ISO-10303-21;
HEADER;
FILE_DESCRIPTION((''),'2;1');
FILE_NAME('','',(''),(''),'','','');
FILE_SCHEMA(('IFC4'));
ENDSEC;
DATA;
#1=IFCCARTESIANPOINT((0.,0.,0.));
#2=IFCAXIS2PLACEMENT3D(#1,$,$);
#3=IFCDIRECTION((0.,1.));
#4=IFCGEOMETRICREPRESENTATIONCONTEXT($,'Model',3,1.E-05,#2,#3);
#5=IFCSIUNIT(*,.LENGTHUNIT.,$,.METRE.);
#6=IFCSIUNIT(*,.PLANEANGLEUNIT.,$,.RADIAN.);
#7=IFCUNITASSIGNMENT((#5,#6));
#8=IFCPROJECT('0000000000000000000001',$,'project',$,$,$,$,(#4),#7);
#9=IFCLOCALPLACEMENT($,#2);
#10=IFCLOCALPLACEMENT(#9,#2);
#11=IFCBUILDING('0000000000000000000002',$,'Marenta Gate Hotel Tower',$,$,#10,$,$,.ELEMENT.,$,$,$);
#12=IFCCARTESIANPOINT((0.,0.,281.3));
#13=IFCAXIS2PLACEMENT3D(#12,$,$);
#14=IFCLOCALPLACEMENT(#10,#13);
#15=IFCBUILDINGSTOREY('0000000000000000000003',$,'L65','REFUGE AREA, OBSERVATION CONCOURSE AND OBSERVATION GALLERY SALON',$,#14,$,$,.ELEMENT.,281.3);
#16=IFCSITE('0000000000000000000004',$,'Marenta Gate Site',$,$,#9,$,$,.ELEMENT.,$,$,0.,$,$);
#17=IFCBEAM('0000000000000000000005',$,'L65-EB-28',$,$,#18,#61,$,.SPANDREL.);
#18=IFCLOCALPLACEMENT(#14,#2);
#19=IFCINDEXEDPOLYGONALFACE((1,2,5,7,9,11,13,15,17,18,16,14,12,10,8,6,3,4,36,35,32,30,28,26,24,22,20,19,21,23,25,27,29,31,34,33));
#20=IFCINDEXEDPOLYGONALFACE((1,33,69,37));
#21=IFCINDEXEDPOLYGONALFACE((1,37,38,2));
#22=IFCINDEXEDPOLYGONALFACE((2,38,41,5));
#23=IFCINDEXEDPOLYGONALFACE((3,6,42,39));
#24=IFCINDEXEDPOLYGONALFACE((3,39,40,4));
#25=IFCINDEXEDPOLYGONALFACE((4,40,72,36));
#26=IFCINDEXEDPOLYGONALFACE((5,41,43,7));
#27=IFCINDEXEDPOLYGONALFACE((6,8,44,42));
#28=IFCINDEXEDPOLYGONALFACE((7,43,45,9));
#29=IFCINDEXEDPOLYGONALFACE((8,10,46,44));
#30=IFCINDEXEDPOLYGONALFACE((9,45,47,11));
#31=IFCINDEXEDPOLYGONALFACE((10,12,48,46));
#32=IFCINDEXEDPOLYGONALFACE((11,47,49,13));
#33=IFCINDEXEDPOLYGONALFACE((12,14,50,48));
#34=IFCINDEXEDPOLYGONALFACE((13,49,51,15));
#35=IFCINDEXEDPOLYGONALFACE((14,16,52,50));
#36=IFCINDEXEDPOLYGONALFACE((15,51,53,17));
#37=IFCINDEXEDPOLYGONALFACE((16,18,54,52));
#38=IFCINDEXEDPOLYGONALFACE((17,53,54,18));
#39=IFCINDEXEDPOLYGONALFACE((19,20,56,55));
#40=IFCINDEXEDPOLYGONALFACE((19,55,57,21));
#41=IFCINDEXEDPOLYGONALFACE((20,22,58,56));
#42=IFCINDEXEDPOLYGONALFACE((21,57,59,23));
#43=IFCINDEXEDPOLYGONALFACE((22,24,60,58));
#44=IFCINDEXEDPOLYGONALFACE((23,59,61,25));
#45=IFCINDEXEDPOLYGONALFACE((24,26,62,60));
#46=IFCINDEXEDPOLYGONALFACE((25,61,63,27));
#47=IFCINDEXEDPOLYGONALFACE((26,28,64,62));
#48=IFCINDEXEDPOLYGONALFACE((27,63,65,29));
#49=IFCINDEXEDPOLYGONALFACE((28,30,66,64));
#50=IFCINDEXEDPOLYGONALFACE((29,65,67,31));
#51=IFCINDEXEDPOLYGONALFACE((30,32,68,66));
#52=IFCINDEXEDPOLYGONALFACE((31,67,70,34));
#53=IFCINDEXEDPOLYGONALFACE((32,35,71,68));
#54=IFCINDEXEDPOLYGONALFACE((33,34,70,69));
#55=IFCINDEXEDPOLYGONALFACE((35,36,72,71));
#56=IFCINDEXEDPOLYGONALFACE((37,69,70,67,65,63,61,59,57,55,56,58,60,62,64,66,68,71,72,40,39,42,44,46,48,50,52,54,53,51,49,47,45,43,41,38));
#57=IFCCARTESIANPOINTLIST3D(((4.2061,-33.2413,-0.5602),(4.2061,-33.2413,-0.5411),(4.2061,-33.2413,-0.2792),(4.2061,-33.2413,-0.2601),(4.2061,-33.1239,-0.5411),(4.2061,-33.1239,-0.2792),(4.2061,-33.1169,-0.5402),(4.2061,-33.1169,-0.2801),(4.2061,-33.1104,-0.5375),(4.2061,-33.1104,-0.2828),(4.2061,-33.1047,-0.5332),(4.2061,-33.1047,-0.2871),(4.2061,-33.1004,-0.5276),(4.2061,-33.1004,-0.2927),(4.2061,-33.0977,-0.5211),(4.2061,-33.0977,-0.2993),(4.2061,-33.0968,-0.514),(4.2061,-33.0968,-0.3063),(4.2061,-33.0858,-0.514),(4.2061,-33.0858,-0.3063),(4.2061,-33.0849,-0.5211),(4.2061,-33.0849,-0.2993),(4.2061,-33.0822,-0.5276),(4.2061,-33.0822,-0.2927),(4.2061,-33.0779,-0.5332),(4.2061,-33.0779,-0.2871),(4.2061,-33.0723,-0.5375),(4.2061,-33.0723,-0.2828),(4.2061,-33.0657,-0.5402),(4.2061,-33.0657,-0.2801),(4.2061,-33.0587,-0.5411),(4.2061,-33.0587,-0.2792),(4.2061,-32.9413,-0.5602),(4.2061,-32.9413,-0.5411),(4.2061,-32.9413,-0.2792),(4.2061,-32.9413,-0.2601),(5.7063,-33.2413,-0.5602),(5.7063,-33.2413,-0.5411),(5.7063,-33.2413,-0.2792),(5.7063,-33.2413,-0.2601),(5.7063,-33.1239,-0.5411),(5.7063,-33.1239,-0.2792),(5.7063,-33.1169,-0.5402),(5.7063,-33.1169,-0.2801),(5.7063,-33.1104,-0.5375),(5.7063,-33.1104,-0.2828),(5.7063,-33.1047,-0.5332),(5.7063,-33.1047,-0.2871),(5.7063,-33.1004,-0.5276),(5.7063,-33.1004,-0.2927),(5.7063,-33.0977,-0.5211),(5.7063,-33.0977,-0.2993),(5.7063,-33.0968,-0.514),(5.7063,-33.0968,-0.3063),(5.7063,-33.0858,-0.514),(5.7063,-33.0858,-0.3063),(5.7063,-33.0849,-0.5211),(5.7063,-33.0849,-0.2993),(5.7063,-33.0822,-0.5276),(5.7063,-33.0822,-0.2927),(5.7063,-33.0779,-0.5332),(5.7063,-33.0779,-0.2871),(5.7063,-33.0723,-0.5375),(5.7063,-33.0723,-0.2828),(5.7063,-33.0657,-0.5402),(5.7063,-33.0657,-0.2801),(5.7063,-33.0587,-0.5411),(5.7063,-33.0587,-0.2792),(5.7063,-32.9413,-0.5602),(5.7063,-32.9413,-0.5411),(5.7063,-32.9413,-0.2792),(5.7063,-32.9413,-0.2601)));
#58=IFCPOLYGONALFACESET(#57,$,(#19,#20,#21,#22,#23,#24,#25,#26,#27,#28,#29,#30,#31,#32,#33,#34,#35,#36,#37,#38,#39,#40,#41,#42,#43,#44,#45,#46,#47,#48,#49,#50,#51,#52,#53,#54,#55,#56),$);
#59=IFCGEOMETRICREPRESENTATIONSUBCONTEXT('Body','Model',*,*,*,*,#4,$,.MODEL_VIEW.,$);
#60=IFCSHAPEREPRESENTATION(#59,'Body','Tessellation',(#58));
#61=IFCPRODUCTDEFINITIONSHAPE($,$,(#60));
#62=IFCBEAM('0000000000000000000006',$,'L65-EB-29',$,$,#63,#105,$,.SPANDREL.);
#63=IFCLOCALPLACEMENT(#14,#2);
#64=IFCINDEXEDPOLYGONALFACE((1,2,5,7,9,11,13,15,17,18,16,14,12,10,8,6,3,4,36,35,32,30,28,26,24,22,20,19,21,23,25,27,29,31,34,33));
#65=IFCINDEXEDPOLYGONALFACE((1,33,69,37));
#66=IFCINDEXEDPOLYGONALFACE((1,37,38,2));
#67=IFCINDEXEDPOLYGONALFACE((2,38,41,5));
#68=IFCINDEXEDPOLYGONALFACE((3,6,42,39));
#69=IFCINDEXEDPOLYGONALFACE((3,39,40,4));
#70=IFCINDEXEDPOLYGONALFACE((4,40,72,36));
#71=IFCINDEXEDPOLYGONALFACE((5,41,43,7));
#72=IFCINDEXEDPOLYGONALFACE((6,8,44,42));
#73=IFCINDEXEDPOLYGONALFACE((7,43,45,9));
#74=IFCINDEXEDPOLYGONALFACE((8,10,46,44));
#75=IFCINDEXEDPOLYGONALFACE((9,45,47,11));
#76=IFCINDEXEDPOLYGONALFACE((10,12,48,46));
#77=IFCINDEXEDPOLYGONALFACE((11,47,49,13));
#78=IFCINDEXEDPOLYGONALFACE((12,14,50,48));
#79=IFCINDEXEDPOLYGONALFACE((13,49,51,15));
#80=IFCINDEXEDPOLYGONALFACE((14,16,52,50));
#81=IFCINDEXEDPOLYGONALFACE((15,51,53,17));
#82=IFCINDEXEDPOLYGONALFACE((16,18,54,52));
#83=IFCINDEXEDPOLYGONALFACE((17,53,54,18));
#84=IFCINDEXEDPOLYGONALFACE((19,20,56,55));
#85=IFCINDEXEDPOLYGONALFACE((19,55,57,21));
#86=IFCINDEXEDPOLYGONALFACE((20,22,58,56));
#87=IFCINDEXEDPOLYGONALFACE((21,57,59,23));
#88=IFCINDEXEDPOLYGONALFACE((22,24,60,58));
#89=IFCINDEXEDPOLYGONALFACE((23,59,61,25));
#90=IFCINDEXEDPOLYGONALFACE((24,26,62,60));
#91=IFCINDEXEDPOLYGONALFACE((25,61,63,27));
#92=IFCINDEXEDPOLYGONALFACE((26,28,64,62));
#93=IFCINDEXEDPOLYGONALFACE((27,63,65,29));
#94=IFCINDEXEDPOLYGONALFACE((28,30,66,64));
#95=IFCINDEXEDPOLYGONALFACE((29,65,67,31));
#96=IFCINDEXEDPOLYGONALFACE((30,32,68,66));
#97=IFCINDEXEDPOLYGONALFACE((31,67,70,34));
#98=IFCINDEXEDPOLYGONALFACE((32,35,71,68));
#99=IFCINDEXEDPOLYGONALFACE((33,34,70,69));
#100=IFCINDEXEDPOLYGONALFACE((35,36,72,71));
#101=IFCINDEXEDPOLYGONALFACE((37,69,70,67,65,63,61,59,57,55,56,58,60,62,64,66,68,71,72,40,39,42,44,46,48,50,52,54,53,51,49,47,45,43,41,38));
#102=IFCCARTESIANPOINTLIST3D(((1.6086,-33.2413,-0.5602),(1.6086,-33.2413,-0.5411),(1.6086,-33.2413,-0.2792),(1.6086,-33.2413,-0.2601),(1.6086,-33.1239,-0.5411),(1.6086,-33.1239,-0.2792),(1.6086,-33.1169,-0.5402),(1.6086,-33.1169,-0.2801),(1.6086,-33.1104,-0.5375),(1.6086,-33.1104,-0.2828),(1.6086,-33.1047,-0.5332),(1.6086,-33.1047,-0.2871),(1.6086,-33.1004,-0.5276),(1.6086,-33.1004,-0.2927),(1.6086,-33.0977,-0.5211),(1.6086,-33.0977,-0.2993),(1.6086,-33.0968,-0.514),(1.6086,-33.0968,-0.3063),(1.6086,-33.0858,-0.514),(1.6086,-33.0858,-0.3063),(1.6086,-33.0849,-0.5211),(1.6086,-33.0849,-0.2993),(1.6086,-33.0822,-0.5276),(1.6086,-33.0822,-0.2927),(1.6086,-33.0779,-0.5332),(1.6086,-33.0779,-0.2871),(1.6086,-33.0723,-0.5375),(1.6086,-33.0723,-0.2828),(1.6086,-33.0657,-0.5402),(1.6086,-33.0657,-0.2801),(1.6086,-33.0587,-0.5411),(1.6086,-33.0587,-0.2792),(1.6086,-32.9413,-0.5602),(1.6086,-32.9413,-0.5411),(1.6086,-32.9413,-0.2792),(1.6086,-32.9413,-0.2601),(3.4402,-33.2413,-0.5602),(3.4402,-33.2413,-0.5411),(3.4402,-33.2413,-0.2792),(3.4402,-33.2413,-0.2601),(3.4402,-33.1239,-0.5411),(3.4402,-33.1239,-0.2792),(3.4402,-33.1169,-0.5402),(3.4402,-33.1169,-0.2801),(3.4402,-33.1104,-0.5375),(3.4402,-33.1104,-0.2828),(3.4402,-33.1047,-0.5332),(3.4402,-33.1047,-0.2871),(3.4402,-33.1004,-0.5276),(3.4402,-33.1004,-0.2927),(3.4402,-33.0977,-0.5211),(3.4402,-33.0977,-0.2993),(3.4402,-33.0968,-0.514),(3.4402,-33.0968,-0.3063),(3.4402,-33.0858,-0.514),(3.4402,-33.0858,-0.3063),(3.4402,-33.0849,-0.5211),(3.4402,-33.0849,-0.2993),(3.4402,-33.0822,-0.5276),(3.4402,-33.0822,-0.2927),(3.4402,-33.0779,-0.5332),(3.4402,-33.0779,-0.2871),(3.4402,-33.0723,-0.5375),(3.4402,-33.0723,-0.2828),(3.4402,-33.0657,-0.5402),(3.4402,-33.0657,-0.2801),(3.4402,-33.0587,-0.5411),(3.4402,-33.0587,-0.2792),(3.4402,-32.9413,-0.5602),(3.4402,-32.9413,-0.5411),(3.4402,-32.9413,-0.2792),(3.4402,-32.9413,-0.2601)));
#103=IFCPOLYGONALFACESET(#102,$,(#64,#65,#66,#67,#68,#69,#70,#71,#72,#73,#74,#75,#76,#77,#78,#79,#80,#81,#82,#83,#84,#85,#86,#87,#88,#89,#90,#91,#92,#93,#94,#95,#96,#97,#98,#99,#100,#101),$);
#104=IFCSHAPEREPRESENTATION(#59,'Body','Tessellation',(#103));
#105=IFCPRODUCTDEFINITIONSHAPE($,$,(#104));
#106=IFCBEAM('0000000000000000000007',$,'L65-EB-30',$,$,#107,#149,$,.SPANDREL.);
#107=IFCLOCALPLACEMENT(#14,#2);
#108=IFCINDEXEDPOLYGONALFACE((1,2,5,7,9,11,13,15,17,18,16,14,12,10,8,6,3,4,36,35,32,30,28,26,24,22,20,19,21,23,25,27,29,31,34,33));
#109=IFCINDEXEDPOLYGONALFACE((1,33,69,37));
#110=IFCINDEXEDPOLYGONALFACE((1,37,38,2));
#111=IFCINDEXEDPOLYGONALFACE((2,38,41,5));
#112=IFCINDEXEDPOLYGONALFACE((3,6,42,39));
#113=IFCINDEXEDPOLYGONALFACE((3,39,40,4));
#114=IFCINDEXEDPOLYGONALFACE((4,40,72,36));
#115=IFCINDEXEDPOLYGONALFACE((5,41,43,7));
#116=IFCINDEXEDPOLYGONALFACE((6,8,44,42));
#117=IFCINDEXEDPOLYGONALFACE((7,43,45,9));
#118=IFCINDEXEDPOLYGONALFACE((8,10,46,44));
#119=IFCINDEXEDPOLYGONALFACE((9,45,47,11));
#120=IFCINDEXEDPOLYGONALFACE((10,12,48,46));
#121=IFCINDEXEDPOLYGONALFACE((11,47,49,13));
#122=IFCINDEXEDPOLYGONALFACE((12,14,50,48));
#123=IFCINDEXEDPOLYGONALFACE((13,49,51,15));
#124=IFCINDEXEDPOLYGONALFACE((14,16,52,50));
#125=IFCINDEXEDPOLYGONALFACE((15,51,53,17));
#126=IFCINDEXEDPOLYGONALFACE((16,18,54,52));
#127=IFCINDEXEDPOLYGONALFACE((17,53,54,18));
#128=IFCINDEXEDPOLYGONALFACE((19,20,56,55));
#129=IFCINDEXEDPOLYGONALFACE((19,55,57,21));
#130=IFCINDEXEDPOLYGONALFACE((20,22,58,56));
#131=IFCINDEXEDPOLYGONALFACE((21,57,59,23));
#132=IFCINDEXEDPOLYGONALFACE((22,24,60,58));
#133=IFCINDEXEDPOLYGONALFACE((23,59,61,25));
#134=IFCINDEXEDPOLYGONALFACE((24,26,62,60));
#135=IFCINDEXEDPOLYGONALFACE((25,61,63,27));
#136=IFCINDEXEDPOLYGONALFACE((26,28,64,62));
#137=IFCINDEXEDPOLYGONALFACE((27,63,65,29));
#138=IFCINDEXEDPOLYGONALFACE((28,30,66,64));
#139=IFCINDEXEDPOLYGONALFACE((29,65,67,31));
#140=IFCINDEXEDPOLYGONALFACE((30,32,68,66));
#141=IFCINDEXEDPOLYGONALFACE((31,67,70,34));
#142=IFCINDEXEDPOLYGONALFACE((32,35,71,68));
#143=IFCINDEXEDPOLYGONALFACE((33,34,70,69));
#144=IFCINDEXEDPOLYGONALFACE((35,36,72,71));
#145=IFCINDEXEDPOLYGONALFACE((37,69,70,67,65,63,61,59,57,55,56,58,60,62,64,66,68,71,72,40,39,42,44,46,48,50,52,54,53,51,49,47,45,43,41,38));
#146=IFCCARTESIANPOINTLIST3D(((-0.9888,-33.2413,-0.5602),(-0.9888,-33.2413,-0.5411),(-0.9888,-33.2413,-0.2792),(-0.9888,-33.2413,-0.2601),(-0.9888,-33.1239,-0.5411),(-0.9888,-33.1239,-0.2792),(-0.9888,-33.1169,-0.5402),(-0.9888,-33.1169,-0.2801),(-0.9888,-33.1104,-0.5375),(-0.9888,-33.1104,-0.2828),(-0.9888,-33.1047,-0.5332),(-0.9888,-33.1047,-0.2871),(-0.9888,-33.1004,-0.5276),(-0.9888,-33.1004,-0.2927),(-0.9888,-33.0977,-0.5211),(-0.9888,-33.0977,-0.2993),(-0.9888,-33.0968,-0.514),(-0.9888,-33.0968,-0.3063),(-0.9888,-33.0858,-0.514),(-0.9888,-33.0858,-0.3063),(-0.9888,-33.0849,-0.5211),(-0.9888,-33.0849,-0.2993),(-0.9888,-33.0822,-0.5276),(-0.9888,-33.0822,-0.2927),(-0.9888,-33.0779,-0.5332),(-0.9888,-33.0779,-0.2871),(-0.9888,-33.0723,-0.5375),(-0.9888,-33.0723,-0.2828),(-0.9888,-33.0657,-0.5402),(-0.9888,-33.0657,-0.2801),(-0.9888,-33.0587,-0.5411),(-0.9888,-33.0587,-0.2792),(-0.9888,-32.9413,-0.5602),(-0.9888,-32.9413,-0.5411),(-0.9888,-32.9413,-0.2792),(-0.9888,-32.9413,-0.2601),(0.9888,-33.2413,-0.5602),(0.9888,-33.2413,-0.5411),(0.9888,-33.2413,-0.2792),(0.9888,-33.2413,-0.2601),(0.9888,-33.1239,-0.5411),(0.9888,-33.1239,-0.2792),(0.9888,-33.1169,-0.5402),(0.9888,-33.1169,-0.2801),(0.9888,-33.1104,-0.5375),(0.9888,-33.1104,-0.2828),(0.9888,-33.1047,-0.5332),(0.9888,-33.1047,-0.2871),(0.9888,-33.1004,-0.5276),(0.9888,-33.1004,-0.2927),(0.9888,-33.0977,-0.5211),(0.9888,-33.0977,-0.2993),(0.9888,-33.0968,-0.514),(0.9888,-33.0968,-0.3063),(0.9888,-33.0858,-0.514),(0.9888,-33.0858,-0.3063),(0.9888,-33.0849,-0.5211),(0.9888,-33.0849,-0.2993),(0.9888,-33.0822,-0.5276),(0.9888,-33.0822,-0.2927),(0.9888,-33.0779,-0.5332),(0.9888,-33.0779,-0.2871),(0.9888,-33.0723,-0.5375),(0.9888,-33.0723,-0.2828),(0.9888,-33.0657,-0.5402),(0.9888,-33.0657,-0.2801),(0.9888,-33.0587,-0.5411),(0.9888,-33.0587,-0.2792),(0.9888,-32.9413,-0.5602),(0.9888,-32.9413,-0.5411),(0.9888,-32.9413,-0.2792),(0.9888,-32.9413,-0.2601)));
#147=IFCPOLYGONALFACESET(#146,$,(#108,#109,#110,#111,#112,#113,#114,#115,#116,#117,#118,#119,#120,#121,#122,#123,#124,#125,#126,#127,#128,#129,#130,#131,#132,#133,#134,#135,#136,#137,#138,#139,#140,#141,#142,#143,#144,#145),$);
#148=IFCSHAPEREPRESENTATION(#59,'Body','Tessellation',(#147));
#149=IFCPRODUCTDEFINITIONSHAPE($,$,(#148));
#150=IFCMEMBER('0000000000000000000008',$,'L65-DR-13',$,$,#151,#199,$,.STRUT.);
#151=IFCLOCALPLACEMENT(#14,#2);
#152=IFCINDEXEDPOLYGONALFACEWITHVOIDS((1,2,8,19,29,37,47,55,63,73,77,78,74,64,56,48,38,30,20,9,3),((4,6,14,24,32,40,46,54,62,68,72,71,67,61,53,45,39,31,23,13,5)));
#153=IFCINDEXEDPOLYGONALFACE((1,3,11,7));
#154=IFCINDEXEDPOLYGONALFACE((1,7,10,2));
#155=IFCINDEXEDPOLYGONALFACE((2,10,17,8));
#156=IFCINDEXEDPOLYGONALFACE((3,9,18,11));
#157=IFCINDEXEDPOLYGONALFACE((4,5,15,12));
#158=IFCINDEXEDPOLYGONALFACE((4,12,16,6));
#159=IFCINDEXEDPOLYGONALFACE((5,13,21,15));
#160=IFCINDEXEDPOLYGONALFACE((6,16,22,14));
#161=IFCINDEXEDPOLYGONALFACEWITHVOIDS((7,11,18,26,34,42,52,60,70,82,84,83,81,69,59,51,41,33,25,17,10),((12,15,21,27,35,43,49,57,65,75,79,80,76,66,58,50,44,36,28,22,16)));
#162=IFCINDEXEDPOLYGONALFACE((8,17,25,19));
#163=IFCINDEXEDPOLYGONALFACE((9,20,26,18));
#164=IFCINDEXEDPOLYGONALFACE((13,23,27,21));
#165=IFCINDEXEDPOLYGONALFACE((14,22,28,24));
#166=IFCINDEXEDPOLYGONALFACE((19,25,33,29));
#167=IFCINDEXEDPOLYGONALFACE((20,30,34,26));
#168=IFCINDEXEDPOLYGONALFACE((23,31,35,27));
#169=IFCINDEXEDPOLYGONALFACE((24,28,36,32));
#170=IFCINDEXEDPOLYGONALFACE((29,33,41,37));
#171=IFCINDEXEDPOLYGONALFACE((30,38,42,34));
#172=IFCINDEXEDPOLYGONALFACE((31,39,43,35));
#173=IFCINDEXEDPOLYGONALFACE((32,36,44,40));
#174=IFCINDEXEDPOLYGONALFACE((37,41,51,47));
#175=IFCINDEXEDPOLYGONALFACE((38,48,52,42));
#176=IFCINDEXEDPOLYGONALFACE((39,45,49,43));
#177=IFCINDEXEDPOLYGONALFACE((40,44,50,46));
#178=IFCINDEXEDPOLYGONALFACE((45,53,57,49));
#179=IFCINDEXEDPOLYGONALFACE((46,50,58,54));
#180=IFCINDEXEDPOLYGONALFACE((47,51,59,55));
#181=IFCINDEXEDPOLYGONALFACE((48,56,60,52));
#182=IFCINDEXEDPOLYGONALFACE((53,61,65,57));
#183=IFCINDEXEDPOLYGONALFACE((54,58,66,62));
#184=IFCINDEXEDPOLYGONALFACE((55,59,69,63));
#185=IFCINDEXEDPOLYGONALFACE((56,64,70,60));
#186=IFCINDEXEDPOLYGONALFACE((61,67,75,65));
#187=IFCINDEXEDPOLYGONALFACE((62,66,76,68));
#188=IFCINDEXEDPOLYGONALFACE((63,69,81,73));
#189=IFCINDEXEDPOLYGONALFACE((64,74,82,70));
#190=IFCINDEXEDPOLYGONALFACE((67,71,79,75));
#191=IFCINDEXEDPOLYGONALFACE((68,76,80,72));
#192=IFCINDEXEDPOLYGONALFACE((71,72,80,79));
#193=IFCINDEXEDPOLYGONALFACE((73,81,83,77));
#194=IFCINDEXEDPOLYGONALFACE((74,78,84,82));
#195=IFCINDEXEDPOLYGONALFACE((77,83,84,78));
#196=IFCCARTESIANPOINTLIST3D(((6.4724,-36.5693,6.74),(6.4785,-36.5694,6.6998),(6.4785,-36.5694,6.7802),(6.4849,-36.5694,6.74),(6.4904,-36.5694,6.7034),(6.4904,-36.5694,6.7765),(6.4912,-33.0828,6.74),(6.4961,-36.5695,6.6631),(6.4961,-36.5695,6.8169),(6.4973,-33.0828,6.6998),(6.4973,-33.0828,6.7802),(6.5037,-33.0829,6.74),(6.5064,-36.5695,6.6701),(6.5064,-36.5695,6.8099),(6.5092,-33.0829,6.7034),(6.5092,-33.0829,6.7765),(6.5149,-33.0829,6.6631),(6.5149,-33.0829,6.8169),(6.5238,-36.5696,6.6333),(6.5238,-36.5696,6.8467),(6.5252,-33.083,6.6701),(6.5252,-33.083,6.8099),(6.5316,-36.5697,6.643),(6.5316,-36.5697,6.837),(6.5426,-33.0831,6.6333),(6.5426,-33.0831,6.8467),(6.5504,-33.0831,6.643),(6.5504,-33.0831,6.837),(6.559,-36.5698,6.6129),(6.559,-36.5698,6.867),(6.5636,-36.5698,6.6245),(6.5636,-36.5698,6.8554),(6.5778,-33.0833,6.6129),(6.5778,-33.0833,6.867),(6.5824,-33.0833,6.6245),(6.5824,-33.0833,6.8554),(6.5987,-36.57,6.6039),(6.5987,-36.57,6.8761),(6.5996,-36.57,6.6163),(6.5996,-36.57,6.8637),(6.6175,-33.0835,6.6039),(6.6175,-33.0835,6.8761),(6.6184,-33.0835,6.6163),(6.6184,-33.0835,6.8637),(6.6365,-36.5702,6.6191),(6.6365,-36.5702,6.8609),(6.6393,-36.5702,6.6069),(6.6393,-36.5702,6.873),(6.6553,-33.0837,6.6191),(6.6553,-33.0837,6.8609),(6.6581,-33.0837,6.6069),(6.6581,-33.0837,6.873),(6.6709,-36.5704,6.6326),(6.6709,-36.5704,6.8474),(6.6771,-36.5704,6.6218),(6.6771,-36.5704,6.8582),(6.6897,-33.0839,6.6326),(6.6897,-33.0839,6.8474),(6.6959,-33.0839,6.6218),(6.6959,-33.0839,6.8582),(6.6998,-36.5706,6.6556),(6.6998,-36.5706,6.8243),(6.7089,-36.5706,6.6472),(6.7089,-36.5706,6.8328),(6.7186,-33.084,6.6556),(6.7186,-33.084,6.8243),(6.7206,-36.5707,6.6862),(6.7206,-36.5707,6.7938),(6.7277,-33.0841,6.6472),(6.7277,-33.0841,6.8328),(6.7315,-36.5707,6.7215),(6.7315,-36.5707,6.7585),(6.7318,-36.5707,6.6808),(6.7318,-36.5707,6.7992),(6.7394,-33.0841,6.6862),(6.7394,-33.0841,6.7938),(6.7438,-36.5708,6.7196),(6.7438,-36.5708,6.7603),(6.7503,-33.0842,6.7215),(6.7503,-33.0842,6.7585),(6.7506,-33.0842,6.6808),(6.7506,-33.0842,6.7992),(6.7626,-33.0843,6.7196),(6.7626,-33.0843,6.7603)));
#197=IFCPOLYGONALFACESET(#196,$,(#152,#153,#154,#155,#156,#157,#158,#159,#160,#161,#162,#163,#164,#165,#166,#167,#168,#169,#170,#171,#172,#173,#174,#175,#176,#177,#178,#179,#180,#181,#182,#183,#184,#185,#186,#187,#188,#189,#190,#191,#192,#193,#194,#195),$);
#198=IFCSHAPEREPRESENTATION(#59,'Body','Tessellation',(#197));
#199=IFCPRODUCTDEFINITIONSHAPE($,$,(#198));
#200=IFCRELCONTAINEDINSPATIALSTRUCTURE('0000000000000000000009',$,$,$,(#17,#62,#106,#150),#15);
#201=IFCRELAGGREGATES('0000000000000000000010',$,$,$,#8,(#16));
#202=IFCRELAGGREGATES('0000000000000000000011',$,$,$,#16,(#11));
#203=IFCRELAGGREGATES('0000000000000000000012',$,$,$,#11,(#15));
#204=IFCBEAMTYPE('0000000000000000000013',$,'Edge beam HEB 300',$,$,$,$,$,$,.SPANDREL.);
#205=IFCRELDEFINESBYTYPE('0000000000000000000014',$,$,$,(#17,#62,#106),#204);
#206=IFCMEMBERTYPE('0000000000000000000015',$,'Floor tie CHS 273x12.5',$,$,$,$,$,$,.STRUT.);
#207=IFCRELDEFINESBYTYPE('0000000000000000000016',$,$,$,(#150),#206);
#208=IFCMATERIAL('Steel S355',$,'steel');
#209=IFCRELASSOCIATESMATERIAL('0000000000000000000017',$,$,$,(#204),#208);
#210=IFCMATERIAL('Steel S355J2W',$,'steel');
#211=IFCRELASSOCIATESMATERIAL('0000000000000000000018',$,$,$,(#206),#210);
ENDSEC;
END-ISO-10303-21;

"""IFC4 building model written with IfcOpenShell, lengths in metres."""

from ifc_helpers import new_model, si_unit, direction, frame, origin, origin_2d, place, context, subcontext, project, spatial, hollow_circle, i_section, extrude, material, material_profile, profile_set, type_object, element, save


model = new_model("IFC4")

# Units and contexts
model_context = context("Model", 3, precision=1e-05, world=origin(), true_north=direction((0.0, 1.0)))
body_context = subcontext(model_context, "Body", "Model", "MODEL_VIEW")
ifc_project = project(units=[si_unit("LENGTHUNIT", "METRE"), si_unit("PLANEANGLEUNIT", "RADIAN")], contexts=[model_context])

# Site, building, storey
site_placement = place(None, origin())
site = spatial("IfcSite", under=ifc_project, at=site_placement, Name="Marenta Gate Site", CompositionType="ELEMENT", RefElevation=0.0)
building_placement = place(site_placement, origin())
building = spatial("IfcBuilding", under=site, at=building_placement, Name="Marenta Gate Hotel Tower", CompositionType="ELEMENT")
storey_placement = place(building_placement, frame((0.0, 0.0, 281.3)))
storey = spatial("IfcBuildingStorey", under=building, at=storey_placement, Name="L65", Description="REFUGE AREA, OBSERVATION CONCOURSE AND OBSERVATION GALLERY SALON", CompositionType="ELEMENT", Elevation=281.3)

# Beams
ifc_material_1 = material(Name="Steel S355", Category="steel")
ifc_material_profile_1 = material_profile(ifc_material_1, i_section(OverallWidth=0.3, OverallDepth=0.3, WebThickness=0.011, FlangeThickness=0.019, FilletRadius=0.0271, at=origin_2d()), Name="HEB 300")
ifc_profile_set_1 = profile_set([ifc_material_profile_1], Name="Steel S355")
beam_type = type_object("IfcBeamType", Name="Edge beam HEB 300", PredefinedType="SPANDREL", material=ifc_profile_set_1)
beam_1_placement = place(storey_placement, frame((5.7063, -33.0913, -0.4102), z_axis=(-1.0, 0.0, 0.0), x_axis=(0.0, -1.0, 0.0)))
element("IfcBeam", 1, at=beam_1_placement, inside=storey, type_object=beam_type, Name="L65-EB-28", PredefinedType="SPANDREL", context=body_context, shape_type="SweptSolid", body=[
    extrude(i_section(OverallWidth=0.3, OverallDepth=0.3, WebThickness=0.011, FlangeThickness=0.019, FilletRadius=0.0271, at=origin_2d()), origin(), (0.0, 0.0, 1.0), 1.5002),
])
beam_2_placement = place(storey_placement, frame((3.4402, -33.0913, -0.4102), z_axis=(-1.0, 0.0, 0.0), x_axis=(0.0, -1.0, 0.0)))
element("IfcBeam", 2, at=beam_2_placement, inside=storey, type_object=beam_type, Name="L65-EB-29", PredefinedType="SPANDREL", context=body_context, shape_type="SweptSolid", body=[
    extrude(i_section(OverallWidth=0.3, OverallDepth=0.3, WebThickness=0.011, FlangeThickness=0.019, FilletRadius=0.0271, at=origin_2d()), origin(), (0.0, 0.0, 1.0), 1.8315),
])
beam_3_placement = place(storey_placement, frame((0.9888, -33.0913, -0.4102), z_axis=(-1.0, 0.0, 0.0), x_axis=(0.0, -1.0, 0.0)))
element("IfcBeam", 3, at=beam_3_placement, inside=storey, type_object=beam_type, Name="L65-EB-30", PredefinedType="SPANDREL", context=body_context, shape_type="SweptSolid", body=[
    extrude(i_section(OverallWidth=0.3, OverallDepth=0.3, WebThickness=0.011, FlangeThickness=0.019, FilletRadius=0.0271, at=origin_2d()), origin(), (0.0, 0.0, 1.0), 1.9775),
])

# Member
ifc_material_2 = material(Name="Steel S355J2W", Category="steel")
ifc_material_profile_2 = material_profile(ifc_material_2, hollow_circle(Radius=0.1365, WallThickness=0.0125, at=origin_2d()), Name="CHS 273x12.5")
ifc_profile_set_2 = profile_set([ifc_material_profile_2], Name="Steel S355J2W")
member_type_1 = type_object("IfcMemberType", Name="Floor tie CHS 273x12.5", PredefinedType="STRUT", material=ifc_profile_set_2)
member_1_placement = place(storey_placement, frame((6.6089, -36.5701, 6.74), z_axis=(0.005392, 0.999985, 0.0), x_axis=(-0.999985, 0.005392, 0.0)))
element("IfcMember", 4, at=member_1_placement, inside=storey, type_object=member_type_1, Name="L65-DR-13", PredefinedType="STRUT", context=body_context, shape_type="SweptSolid", body=[
    extrude(hollow_circle(Radius=0.1365, WallThickness=0.0125, at=origin_2d()), origin(), (0.0, 0.0, 1.0), 3.4866),
])

save(model, "model.ifc")
